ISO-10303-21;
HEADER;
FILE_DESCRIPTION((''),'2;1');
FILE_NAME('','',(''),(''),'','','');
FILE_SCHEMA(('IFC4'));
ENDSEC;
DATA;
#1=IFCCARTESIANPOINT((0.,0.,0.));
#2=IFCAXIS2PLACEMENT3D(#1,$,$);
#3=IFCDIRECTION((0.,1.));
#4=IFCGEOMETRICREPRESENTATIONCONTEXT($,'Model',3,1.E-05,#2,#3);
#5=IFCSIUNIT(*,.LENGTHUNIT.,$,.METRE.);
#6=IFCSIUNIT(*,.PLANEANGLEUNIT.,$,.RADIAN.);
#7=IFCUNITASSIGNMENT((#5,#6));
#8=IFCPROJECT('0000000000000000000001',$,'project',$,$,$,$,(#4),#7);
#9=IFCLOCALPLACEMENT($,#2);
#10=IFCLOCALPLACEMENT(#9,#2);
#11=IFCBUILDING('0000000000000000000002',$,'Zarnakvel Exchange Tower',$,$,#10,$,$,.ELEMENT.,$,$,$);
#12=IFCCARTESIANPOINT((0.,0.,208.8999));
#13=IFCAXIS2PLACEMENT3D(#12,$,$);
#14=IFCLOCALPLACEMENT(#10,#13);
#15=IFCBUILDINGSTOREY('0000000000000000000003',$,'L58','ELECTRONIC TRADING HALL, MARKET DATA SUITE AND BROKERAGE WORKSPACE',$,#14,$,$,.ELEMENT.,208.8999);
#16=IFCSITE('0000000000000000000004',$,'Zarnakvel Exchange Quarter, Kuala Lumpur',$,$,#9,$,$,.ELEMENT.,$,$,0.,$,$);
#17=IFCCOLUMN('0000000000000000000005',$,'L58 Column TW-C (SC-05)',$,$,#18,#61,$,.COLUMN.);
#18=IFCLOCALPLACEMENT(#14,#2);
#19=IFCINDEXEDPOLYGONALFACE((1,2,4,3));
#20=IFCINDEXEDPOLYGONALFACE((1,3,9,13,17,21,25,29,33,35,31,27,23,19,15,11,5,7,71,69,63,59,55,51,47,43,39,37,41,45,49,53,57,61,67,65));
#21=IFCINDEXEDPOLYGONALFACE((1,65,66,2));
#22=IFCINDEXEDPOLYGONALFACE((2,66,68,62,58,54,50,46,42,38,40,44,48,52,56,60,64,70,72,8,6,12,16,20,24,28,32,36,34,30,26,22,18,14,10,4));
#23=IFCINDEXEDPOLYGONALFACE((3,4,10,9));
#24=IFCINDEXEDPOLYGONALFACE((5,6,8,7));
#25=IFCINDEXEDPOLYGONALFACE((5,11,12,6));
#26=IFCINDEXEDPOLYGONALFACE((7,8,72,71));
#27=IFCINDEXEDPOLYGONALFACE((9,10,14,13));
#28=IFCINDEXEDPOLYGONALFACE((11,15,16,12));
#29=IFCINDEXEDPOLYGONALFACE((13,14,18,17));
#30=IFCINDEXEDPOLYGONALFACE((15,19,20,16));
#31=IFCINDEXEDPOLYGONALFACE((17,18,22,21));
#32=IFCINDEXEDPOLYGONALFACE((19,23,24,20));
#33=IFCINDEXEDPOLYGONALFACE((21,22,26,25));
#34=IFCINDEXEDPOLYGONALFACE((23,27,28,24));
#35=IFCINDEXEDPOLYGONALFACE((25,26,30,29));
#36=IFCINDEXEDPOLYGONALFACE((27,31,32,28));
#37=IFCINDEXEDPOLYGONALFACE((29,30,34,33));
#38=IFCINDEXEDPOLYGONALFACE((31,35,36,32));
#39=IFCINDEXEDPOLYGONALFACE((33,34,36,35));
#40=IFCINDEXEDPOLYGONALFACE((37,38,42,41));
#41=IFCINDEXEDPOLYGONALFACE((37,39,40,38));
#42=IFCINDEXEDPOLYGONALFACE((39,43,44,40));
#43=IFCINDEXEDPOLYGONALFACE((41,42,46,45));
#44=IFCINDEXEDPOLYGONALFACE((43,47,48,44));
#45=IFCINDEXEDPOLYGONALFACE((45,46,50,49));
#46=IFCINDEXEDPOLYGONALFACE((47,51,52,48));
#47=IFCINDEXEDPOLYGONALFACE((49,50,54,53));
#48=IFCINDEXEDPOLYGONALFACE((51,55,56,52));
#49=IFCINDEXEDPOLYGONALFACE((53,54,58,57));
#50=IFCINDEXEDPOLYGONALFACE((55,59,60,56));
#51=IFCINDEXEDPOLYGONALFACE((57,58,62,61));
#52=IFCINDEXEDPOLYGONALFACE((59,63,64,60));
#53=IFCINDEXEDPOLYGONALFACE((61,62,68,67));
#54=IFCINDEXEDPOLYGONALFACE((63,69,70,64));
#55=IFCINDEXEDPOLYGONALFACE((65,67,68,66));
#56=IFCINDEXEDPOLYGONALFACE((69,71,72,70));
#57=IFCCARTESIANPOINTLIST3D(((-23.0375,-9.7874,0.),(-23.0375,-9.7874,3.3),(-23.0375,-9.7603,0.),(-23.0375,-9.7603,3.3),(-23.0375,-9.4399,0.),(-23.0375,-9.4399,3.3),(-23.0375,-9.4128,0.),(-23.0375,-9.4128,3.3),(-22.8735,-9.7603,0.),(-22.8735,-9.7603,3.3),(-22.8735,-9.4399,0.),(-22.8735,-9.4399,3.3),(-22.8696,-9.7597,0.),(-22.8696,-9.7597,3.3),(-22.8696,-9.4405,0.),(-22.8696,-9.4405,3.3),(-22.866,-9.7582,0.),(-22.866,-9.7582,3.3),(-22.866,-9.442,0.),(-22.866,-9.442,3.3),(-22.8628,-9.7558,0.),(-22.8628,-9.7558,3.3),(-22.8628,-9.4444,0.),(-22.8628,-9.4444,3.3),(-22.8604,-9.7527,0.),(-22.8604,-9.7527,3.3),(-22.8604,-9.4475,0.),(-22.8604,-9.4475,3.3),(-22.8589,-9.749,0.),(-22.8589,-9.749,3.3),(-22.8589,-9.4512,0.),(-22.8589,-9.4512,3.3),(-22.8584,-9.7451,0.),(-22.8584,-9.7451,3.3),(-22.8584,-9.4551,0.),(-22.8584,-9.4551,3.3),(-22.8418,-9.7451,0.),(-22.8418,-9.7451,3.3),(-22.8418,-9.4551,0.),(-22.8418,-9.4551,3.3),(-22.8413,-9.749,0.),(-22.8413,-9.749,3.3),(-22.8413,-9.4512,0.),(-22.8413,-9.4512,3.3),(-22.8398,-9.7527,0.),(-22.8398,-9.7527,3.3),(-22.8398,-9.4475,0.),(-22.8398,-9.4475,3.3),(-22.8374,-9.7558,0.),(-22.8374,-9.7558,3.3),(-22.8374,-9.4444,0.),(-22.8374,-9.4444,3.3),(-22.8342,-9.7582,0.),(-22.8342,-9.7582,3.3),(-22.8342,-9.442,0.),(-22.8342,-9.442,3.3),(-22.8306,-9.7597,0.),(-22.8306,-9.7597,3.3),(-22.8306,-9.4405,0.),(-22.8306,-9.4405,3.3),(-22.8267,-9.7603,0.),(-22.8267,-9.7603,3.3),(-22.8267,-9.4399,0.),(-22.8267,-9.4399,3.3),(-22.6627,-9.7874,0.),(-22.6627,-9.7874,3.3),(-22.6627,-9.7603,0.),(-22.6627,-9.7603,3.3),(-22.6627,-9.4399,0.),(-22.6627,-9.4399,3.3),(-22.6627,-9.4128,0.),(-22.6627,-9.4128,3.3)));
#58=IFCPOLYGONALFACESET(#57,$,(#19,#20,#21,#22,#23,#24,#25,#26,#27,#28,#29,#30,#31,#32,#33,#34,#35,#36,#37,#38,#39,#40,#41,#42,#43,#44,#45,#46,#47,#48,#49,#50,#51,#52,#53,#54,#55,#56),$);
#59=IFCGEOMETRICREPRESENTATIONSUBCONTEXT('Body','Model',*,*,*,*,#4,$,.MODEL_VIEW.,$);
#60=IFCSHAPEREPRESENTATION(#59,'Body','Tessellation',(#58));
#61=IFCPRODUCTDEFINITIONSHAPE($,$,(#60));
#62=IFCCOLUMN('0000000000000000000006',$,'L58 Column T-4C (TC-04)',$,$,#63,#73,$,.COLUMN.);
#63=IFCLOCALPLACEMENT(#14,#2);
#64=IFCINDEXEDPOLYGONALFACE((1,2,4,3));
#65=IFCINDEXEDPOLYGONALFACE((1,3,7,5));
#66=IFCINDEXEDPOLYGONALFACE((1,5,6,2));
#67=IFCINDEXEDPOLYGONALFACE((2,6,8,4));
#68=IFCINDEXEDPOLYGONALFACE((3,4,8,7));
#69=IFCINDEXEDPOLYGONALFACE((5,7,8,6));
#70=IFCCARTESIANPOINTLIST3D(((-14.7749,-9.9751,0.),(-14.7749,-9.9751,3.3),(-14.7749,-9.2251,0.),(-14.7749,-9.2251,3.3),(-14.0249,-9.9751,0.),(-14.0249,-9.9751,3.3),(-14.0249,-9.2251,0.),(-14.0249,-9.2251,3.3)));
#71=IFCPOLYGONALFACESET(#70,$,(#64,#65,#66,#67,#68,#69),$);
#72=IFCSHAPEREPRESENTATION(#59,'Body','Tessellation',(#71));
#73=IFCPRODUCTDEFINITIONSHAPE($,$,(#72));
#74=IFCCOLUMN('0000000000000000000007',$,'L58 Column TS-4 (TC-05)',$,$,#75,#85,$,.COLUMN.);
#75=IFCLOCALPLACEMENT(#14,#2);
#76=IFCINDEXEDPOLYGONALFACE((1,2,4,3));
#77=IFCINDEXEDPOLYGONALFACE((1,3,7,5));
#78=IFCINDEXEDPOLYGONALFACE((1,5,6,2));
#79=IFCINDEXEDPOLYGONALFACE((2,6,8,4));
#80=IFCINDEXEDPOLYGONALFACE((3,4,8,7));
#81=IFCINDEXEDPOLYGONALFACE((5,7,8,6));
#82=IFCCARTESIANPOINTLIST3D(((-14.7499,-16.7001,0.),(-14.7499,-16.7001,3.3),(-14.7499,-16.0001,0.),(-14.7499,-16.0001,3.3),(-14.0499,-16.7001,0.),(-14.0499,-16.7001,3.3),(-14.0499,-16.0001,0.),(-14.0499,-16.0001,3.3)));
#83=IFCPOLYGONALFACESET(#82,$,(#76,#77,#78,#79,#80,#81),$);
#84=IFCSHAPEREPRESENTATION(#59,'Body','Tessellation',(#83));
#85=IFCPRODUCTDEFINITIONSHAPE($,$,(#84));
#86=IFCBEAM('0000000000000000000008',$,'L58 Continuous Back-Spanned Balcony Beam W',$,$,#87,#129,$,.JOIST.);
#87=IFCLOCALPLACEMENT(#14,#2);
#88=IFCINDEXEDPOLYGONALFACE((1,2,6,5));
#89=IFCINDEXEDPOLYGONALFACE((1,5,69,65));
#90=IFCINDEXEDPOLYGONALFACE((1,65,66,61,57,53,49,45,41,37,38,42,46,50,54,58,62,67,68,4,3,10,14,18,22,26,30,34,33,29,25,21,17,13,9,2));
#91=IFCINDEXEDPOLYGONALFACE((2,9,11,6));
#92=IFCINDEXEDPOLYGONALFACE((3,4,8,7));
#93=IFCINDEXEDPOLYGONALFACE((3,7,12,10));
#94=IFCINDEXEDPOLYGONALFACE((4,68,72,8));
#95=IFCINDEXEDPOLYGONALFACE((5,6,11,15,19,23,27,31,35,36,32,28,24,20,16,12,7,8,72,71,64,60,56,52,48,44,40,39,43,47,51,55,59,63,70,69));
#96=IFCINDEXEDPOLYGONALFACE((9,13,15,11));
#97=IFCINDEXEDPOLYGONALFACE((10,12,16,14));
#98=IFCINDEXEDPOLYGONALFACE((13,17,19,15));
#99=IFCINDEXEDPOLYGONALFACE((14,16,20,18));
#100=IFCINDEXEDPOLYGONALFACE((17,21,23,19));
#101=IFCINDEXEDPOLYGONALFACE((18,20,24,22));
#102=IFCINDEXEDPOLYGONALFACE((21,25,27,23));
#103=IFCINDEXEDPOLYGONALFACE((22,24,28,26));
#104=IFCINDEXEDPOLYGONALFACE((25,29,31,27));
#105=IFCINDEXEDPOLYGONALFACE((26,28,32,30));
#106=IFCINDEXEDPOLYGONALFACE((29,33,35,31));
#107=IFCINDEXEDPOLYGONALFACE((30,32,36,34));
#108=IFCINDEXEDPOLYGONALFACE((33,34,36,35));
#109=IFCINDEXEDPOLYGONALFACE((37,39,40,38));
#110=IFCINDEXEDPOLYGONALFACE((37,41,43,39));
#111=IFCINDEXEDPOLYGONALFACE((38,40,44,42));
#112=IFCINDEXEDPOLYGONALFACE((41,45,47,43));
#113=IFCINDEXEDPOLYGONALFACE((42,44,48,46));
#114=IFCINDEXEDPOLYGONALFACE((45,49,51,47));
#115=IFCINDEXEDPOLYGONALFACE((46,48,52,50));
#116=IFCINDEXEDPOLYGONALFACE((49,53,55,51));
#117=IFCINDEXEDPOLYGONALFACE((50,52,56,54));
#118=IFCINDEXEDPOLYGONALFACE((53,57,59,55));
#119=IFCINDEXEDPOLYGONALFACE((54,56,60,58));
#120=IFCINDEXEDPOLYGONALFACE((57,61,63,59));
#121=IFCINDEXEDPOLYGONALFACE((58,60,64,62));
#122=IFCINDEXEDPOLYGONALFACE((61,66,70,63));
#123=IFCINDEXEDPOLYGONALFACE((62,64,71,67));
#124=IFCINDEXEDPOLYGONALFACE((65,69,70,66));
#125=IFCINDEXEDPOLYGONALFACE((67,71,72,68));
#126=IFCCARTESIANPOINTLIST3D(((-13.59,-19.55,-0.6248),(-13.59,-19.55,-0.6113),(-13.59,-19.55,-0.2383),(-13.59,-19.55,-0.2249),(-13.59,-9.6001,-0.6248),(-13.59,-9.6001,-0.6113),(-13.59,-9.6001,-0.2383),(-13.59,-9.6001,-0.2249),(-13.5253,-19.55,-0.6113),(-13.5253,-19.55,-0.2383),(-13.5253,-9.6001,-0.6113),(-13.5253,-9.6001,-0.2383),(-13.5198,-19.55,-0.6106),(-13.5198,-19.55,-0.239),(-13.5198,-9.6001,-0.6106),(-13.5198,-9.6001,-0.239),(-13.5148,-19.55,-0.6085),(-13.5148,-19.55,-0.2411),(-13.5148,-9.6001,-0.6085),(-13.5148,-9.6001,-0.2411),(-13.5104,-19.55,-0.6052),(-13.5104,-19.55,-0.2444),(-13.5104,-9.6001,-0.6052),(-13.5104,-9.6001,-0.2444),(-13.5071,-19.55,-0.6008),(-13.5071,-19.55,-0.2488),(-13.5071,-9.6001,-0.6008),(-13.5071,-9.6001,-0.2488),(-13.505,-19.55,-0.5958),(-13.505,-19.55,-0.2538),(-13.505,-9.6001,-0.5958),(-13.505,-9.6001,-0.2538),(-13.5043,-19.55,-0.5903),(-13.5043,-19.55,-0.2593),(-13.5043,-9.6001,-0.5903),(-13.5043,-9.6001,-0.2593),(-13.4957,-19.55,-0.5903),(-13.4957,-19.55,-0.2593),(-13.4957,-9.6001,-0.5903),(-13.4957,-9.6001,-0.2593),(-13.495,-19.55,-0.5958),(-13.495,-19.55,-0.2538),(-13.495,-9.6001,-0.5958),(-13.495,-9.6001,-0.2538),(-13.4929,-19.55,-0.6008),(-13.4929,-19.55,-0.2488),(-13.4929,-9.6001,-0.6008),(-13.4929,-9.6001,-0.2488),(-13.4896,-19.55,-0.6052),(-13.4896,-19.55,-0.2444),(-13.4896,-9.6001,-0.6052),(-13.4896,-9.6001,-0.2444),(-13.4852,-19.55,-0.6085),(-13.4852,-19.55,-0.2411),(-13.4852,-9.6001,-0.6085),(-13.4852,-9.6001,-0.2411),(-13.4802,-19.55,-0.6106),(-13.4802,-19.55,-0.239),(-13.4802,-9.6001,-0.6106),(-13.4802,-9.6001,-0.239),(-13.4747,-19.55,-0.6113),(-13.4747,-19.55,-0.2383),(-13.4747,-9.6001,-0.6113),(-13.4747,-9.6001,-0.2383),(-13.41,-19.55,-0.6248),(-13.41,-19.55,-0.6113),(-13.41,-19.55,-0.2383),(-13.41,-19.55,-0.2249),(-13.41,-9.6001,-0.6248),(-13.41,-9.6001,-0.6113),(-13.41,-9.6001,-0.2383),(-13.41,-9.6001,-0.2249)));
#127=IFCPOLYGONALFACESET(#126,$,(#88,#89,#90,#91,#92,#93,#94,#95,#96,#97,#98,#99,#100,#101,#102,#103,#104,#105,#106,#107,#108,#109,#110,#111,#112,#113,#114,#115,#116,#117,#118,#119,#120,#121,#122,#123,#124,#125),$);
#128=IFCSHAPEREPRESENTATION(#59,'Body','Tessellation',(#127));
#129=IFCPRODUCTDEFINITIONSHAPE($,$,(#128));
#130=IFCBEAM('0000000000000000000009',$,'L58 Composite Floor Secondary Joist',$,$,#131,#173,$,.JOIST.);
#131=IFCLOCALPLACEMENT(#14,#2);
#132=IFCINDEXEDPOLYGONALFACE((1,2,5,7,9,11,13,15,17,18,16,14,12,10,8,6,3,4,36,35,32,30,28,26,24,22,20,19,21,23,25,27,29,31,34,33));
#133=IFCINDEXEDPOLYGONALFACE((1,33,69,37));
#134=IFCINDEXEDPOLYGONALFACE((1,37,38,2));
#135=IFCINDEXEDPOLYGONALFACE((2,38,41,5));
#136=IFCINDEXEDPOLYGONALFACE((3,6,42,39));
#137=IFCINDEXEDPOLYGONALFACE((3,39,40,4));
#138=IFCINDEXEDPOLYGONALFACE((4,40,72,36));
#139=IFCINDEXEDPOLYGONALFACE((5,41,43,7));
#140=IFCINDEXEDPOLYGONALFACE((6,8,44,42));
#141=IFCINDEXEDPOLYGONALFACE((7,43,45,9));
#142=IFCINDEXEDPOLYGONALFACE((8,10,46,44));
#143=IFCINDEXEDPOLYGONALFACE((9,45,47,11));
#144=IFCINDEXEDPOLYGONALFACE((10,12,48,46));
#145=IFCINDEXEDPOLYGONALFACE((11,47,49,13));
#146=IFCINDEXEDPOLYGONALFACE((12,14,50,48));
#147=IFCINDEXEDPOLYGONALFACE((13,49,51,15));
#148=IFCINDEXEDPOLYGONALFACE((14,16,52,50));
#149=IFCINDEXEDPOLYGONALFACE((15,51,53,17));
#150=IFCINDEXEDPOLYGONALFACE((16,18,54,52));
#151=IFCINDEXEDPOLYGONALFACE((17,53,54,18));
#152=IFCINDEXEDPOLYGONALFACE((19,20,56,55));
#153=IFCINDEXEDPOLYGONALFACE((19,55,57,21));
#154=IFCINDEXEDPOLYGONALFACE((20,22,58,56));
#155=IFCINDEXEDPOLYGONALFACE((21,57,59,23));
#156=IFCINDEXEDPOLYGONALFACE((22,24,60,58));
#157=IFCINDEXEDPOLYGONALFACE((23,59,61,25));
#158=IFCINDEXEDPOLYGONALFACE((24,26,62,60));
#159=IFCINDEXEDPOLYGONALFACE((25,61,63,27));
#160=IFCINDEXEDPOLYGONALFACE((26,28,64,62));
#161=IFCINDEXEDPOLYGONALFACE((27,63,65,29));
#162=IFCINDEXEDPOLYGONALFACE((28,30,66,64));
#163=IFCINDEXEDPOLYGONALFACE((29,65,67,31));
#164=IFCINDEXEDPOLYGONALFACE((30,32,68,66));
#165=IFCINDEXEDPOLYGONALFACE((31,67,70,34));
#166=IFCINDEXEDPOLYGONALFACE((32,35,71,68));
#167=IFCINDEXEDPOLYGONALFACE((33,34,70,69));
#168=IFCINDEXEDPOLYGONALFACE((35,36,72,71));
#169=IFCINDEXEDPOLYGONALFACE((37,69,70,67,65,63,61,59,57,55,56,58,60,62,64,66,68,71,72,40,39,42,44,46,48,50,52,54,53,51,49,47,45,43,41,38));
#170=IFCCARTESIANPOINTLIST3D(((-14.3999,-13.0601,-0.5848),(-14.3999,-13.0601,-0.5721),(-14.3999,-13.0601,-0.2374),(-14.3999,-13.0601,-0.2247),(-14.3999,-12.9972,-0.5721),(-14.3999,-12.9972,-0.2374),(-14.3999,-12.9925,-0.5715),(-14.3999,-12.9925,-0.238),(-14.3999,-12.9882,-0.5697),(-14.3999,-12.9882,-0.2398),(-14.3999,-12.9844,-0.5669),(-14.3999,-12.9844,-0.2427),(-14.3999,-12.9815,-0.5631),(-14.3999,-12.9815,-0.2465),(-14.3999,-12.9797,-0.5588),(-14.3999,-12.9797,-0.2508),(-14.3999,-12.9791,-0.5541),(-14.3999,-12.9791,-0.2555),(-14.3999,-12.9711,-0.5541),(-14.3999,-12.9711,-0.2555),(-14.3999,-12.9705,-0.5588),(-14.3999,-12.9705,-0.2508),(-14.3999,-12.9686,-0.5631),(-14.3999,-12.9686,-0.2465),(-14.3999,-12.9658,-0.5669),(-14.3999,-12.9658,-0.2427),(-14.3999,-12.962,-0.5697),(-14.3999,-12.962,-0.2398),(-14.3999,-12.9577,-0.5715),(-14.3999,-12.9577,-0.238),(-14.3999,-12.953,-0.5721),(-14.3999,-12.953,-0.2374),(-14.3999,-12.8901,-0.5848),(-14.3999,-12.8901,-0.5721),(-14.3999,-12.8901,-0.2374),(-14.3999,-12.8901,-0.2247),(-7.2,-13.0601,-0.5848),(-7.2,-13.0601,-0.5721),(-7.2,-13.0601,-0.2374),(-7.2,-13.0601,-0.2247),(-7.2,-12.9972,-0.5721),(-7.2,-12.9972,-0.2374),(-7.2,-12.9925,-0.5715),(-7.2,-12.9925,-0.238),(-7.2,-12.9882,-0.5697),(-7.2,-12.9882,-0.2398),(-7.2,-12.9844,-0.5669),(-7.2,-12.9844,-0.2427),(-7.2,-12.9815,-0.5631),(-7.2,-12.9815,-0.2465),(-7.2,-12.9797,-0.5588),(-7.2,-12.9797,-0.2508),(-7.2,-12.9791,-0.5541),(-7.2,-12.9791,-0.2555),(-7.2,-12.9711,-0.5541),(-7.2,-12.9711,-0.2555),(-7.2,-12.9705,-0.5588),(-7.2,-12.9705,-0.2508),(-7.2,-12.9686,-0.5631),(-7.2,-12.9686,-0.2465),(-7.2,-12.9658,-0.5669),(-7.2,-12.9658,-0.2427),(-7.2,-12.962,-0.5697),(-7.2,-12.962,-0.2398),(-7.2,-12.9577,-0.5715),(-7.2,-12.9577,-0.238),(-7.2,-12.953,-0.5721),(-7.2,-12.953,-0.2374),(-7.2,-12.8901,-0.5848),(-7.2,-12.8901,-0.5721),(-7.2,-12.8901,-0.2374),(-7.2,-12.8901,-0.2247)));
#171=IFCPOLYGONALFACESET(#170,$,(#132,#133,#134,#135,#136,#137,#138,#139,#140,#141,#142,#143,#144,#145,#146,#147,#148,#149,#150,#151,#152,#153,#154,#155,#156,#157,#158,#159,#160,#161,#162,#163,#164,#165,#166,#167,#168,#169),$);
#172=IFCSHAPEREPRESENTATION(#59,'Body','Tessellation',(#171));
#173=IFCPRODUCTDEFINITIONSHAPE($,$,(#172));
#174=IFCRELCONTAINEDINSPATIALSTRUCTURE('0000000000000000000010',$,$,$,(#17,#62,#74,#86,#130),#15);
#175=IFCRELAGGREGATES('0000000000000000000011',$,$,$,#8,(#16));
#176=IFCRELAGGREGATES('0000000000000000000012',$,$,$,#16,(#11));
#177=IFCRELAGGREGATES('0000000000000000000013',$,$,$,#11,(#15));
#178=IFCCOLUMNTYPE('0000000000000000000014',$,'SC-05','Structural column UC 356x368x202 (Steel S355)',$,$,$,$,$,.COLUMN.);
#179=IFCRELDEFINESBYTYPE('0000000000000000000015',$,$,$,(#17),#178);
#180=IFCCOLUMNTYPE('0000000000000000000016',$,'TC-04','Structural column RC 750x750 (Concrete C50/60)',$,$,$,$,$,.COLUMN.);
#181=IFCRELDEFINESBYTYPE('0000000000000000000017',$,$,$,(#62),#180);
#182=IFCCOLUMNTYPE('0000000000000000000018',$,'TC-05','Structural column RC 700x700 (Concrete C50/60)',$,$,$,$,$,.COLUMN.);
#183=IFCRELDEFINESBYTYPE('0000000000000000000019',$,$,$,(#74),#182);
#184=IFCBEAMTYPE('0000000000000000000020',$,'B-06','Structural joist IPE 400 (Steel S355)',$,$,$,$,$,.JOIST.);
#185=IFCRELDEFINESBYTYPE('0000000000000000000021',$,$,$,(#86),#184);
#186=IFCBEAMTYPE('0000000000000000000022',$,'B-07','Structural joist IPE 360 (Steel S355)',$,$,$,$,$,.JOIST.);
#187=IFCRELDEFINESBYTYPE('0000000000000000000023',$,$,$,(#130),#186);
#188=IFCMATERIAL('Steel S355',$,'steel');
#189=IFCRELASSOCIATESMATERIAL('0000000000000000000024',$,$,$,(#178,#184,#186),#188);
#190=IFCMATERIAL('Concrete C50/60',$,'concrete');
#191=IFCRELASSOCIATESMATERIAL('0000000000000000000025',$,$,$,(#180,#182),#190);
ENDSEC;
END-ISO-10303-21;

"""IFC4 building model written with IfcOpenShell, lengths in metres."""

from ifc_helpers import new_model, si_unit, direction, frame, origin, origin_2d, place, context, subcontext, project, spatial, rectangle, i_section, extrude, material, material_profile, profile_set, type_object, element, save


model = new_model("IFC4")

# Units and contexts
model_context = context("Model", 3, precision=1e-05, world=origin(), true_north=direction((0.0, 1.0)))
body_context = subcontext(model_context, "Body", "Model", "MODEL_VIEW")
ifc_project = project(units=[si_unit("LENGTHUNIT", "METRE"), si_unit("PLANEANGLEUNIT", "RADIAN")], contexts=[model_context])

# Site, building, storey
site_placement = place(None, origin())
site = spatial("IfcSite", under=ifc_project, at=site_placement, Name="Zarnakvel Exchange Quarter, Kuala Lumpur", CompositionType="ELEMENT", RefElevation=0.0)
building_placement = place(site_placement, origin())
building = spatial("IfcBuilding", under=site, at=building_placement, Name="Zarnakvel Exchange Tower", CompositionType="ELEMENT")
storey_placement = place(building_placement, frame((0.0, 0.0, 208.8999)))
storey = spatial("IfcBuildingStorey", under=building, at=storey_placement, Name="L58", Description="ELECTRONIC TRADING HALL, MARKET DATA SUITE AND BROKERAGE WORKSPACE", CompositionType="ELEMENT", Elevation=208.8999)

# Columns
ifc_material_1 = material(Name="Steel S355", Category="steel")
ifc_material_profile_1 = material_profile(ifc_material_1, i_section(OverallWidth=0.3748, OverallDepth=0.3745, WebThickness=0.0166, FlangeThickness=0.0271, FilletRadius=0.0151, at=origin_2d()))
ifc_profile_set_1 = profile_set([ifc_material_profile_1], Name="Steel S355")
column_type_1 = type_object("IfcColumnType", Name="SC-05", Description="Structural column UC 356x368x202 (Steel S355)", PredefinedType="COLUMN", material=ifc_profile_set_1)
column_1_placement = place(storey_placement, frame((-22.8501, -9.6001, 0.0), z_axis=(0.0, 0.0, 1.0), x_axis=(1.0, 0.0, 0.0)))
element("IfcColumn", 1, at=column_1_placement, inside=storey, type_object=column_type_1, Name="L58 Column TW-C (SC-05)", PredefinedType="COLUMN", context=body_context, shape_type="SweptSolid", body=[
    extrude(i_section(OverallWidth=0.3748, OverallDepth=0.3745, WebThickness=0.0166, FlangeThickness=0.0271, FilletRadius=0.0151, at=origin_2d()), origin(), (0.0, 0.0, 1.0), 3.3),
])
ifc_material_2 = material(Name="Concrete C50/60", Category="concrete")
ifc_material_profile_2 = material_profile(ifc_material_2, rectangle(XDim=0.75, YDim=0.75, at=origin_2d()))
ifc_profile_set_2 = profile_set([ifc_material_profile_2], Name="Concrete C50/60")
column_type_2 = type_object("IfcColumnType", Name="TC-04", Description="Structural column RC 750x750 (Concrete C50/60)", PredefinedType="COLUMN", material=ifc_profile_set_2)
column_2_placement = place(storey_placement, frame((-14.3999, -9.6001, 0.0), z_axis=(0.0, 0.0, 1.0), x_axis=(1.0, 0.0, 0.0)))
element("IfcColumn", 2, at=column_2_placement, inside=storey, type_object=column_type_2, Name="L58 Column T-4C (TC-04)", PredefinedType="COLUMN", context=body_context, shape_type="SweptSolid", body=[
    extrude(rectangle(XDim=0.75, YDim=0.75, at=origin_2d()), origin(), (0.0, 0.0, 1.0), 3.3),
])
ifc_material_profile_3 = material_profile(ifc_material_2, rectangle(XDim=0.7, YDim=0.7, at=origin_2d()))
ifc_profile_set_3 = profile_set([ifc_material_profile_3], Name="Concrete C50/60")
column_type_3 = type_object("IfcColumnType", Name="TC-05", Description="Structural column RC 700x700 (Concrete C50/60)", PredefinedType="COLUMN", material=ifc_profile_set_3)
column_3_placement = place(storey_placement, frame((-14.3999, -16.3501, 0.0), z_axis=(0.0, 0.0, 1.0), x_axis=(1.0, 0.0, 0.0)))
element("IfcColumn", 3, at=column_3_placement, inside=storey, type_object=column_type_3, Name="L58 Column TS-4 (TC-05)", PredefinedType="COLUMN", context=body_context, shape_type="SweptSolid", body=[
    extrude(rectangle(XDim=0.7, YDim=0.7, at=origin_2d()), origin(), (0.0, 0.0, 1.0), 3.3),
])

# Beams
ifc_material_profile_4 = material_profile(ifc_material_1, i_section(OverallWidth=0.1799, OverallDepth=0.3999, WebThickness=0.0085, FlangeThickness=0.0134, FilletRadius=0.021, at=origin_2d()))
ifc_profile_set_4 = profile_set([ifc_material_profile_4], Name="Steel S355")
beam_type_1 = type_object("IfcBeamType", Name="B-06", Description="Structural joist IPE 400 (Steel S355)", PredefinedType="JOIST", material=ifc_profile_set_4)
beam_1_placement = place(storey_placement, frame((-13.5, -9.6001, -0.4248), z_axis=(0.0, -1.0, 0.0), x_axis=(1.0, 0.0, 0.0)))
element("IfcBeam", 4, at=beam_1_placement, inside=storey, type_object=beam_type_1, Name="L58 Continuous Back-Spanned Balcony Beam W", PredefinedType="JOIST", context=body_context, shape_type="SweptSolid", body=[
    extrude(i_section(OverallWidth=0.1799, OverallDepth=0.3999, WebThickness=0.0085, FlangeThickness=0.0134, FilletRadius=0.021, at=origin_2d()), origin(), (0.0, 0.0, 1.0), 9.95),
])
ifc_material_profile_5 = material_profile(ifc_material_1, i_section(OverallWidth=0.1699, OverallDepth=0.3601, WebThickness=0.0081, FlangeThickness=0.0127, FilletRadius=0.0181, at=origin_2d()))
ifc_profile_set_5 = profile_set([ifc_material_profile_5], Name="Steel S355")
beam_type_2 = type_object("IfcBeamType", Name="B-07", Description="Structural joist IPE 360 (Steel S355)", PredefinedType="JOIST", material=ifc_profile_set_5)
beam_2_placement = place(storey_placement, frame((-14.3999, -12.9751, -0.4048), z_axis=(1.0, 0.0, 0.0), x_axis=(0.0, 1.0, 0.0)))
element("IfcBeam", 5, at=beam_2_placement, inside=storey, type_object=beam_type_2, Name="L58 Composite Floor Secondary Joist", PredefinedType="JOIST", context=body_context, shape_type="SweptSolid", body=[
    extrude(i_section(OverallWidth=0.1699, OverallDepth=0.3601, WebThickness=0.0081, FlangeThickness=0.0127, FilletRadius=0.0181, at=origin_2d()), origin(), (0.0, 0.0, 1.0), 7.2),
])

save(model, "model.ifc")
